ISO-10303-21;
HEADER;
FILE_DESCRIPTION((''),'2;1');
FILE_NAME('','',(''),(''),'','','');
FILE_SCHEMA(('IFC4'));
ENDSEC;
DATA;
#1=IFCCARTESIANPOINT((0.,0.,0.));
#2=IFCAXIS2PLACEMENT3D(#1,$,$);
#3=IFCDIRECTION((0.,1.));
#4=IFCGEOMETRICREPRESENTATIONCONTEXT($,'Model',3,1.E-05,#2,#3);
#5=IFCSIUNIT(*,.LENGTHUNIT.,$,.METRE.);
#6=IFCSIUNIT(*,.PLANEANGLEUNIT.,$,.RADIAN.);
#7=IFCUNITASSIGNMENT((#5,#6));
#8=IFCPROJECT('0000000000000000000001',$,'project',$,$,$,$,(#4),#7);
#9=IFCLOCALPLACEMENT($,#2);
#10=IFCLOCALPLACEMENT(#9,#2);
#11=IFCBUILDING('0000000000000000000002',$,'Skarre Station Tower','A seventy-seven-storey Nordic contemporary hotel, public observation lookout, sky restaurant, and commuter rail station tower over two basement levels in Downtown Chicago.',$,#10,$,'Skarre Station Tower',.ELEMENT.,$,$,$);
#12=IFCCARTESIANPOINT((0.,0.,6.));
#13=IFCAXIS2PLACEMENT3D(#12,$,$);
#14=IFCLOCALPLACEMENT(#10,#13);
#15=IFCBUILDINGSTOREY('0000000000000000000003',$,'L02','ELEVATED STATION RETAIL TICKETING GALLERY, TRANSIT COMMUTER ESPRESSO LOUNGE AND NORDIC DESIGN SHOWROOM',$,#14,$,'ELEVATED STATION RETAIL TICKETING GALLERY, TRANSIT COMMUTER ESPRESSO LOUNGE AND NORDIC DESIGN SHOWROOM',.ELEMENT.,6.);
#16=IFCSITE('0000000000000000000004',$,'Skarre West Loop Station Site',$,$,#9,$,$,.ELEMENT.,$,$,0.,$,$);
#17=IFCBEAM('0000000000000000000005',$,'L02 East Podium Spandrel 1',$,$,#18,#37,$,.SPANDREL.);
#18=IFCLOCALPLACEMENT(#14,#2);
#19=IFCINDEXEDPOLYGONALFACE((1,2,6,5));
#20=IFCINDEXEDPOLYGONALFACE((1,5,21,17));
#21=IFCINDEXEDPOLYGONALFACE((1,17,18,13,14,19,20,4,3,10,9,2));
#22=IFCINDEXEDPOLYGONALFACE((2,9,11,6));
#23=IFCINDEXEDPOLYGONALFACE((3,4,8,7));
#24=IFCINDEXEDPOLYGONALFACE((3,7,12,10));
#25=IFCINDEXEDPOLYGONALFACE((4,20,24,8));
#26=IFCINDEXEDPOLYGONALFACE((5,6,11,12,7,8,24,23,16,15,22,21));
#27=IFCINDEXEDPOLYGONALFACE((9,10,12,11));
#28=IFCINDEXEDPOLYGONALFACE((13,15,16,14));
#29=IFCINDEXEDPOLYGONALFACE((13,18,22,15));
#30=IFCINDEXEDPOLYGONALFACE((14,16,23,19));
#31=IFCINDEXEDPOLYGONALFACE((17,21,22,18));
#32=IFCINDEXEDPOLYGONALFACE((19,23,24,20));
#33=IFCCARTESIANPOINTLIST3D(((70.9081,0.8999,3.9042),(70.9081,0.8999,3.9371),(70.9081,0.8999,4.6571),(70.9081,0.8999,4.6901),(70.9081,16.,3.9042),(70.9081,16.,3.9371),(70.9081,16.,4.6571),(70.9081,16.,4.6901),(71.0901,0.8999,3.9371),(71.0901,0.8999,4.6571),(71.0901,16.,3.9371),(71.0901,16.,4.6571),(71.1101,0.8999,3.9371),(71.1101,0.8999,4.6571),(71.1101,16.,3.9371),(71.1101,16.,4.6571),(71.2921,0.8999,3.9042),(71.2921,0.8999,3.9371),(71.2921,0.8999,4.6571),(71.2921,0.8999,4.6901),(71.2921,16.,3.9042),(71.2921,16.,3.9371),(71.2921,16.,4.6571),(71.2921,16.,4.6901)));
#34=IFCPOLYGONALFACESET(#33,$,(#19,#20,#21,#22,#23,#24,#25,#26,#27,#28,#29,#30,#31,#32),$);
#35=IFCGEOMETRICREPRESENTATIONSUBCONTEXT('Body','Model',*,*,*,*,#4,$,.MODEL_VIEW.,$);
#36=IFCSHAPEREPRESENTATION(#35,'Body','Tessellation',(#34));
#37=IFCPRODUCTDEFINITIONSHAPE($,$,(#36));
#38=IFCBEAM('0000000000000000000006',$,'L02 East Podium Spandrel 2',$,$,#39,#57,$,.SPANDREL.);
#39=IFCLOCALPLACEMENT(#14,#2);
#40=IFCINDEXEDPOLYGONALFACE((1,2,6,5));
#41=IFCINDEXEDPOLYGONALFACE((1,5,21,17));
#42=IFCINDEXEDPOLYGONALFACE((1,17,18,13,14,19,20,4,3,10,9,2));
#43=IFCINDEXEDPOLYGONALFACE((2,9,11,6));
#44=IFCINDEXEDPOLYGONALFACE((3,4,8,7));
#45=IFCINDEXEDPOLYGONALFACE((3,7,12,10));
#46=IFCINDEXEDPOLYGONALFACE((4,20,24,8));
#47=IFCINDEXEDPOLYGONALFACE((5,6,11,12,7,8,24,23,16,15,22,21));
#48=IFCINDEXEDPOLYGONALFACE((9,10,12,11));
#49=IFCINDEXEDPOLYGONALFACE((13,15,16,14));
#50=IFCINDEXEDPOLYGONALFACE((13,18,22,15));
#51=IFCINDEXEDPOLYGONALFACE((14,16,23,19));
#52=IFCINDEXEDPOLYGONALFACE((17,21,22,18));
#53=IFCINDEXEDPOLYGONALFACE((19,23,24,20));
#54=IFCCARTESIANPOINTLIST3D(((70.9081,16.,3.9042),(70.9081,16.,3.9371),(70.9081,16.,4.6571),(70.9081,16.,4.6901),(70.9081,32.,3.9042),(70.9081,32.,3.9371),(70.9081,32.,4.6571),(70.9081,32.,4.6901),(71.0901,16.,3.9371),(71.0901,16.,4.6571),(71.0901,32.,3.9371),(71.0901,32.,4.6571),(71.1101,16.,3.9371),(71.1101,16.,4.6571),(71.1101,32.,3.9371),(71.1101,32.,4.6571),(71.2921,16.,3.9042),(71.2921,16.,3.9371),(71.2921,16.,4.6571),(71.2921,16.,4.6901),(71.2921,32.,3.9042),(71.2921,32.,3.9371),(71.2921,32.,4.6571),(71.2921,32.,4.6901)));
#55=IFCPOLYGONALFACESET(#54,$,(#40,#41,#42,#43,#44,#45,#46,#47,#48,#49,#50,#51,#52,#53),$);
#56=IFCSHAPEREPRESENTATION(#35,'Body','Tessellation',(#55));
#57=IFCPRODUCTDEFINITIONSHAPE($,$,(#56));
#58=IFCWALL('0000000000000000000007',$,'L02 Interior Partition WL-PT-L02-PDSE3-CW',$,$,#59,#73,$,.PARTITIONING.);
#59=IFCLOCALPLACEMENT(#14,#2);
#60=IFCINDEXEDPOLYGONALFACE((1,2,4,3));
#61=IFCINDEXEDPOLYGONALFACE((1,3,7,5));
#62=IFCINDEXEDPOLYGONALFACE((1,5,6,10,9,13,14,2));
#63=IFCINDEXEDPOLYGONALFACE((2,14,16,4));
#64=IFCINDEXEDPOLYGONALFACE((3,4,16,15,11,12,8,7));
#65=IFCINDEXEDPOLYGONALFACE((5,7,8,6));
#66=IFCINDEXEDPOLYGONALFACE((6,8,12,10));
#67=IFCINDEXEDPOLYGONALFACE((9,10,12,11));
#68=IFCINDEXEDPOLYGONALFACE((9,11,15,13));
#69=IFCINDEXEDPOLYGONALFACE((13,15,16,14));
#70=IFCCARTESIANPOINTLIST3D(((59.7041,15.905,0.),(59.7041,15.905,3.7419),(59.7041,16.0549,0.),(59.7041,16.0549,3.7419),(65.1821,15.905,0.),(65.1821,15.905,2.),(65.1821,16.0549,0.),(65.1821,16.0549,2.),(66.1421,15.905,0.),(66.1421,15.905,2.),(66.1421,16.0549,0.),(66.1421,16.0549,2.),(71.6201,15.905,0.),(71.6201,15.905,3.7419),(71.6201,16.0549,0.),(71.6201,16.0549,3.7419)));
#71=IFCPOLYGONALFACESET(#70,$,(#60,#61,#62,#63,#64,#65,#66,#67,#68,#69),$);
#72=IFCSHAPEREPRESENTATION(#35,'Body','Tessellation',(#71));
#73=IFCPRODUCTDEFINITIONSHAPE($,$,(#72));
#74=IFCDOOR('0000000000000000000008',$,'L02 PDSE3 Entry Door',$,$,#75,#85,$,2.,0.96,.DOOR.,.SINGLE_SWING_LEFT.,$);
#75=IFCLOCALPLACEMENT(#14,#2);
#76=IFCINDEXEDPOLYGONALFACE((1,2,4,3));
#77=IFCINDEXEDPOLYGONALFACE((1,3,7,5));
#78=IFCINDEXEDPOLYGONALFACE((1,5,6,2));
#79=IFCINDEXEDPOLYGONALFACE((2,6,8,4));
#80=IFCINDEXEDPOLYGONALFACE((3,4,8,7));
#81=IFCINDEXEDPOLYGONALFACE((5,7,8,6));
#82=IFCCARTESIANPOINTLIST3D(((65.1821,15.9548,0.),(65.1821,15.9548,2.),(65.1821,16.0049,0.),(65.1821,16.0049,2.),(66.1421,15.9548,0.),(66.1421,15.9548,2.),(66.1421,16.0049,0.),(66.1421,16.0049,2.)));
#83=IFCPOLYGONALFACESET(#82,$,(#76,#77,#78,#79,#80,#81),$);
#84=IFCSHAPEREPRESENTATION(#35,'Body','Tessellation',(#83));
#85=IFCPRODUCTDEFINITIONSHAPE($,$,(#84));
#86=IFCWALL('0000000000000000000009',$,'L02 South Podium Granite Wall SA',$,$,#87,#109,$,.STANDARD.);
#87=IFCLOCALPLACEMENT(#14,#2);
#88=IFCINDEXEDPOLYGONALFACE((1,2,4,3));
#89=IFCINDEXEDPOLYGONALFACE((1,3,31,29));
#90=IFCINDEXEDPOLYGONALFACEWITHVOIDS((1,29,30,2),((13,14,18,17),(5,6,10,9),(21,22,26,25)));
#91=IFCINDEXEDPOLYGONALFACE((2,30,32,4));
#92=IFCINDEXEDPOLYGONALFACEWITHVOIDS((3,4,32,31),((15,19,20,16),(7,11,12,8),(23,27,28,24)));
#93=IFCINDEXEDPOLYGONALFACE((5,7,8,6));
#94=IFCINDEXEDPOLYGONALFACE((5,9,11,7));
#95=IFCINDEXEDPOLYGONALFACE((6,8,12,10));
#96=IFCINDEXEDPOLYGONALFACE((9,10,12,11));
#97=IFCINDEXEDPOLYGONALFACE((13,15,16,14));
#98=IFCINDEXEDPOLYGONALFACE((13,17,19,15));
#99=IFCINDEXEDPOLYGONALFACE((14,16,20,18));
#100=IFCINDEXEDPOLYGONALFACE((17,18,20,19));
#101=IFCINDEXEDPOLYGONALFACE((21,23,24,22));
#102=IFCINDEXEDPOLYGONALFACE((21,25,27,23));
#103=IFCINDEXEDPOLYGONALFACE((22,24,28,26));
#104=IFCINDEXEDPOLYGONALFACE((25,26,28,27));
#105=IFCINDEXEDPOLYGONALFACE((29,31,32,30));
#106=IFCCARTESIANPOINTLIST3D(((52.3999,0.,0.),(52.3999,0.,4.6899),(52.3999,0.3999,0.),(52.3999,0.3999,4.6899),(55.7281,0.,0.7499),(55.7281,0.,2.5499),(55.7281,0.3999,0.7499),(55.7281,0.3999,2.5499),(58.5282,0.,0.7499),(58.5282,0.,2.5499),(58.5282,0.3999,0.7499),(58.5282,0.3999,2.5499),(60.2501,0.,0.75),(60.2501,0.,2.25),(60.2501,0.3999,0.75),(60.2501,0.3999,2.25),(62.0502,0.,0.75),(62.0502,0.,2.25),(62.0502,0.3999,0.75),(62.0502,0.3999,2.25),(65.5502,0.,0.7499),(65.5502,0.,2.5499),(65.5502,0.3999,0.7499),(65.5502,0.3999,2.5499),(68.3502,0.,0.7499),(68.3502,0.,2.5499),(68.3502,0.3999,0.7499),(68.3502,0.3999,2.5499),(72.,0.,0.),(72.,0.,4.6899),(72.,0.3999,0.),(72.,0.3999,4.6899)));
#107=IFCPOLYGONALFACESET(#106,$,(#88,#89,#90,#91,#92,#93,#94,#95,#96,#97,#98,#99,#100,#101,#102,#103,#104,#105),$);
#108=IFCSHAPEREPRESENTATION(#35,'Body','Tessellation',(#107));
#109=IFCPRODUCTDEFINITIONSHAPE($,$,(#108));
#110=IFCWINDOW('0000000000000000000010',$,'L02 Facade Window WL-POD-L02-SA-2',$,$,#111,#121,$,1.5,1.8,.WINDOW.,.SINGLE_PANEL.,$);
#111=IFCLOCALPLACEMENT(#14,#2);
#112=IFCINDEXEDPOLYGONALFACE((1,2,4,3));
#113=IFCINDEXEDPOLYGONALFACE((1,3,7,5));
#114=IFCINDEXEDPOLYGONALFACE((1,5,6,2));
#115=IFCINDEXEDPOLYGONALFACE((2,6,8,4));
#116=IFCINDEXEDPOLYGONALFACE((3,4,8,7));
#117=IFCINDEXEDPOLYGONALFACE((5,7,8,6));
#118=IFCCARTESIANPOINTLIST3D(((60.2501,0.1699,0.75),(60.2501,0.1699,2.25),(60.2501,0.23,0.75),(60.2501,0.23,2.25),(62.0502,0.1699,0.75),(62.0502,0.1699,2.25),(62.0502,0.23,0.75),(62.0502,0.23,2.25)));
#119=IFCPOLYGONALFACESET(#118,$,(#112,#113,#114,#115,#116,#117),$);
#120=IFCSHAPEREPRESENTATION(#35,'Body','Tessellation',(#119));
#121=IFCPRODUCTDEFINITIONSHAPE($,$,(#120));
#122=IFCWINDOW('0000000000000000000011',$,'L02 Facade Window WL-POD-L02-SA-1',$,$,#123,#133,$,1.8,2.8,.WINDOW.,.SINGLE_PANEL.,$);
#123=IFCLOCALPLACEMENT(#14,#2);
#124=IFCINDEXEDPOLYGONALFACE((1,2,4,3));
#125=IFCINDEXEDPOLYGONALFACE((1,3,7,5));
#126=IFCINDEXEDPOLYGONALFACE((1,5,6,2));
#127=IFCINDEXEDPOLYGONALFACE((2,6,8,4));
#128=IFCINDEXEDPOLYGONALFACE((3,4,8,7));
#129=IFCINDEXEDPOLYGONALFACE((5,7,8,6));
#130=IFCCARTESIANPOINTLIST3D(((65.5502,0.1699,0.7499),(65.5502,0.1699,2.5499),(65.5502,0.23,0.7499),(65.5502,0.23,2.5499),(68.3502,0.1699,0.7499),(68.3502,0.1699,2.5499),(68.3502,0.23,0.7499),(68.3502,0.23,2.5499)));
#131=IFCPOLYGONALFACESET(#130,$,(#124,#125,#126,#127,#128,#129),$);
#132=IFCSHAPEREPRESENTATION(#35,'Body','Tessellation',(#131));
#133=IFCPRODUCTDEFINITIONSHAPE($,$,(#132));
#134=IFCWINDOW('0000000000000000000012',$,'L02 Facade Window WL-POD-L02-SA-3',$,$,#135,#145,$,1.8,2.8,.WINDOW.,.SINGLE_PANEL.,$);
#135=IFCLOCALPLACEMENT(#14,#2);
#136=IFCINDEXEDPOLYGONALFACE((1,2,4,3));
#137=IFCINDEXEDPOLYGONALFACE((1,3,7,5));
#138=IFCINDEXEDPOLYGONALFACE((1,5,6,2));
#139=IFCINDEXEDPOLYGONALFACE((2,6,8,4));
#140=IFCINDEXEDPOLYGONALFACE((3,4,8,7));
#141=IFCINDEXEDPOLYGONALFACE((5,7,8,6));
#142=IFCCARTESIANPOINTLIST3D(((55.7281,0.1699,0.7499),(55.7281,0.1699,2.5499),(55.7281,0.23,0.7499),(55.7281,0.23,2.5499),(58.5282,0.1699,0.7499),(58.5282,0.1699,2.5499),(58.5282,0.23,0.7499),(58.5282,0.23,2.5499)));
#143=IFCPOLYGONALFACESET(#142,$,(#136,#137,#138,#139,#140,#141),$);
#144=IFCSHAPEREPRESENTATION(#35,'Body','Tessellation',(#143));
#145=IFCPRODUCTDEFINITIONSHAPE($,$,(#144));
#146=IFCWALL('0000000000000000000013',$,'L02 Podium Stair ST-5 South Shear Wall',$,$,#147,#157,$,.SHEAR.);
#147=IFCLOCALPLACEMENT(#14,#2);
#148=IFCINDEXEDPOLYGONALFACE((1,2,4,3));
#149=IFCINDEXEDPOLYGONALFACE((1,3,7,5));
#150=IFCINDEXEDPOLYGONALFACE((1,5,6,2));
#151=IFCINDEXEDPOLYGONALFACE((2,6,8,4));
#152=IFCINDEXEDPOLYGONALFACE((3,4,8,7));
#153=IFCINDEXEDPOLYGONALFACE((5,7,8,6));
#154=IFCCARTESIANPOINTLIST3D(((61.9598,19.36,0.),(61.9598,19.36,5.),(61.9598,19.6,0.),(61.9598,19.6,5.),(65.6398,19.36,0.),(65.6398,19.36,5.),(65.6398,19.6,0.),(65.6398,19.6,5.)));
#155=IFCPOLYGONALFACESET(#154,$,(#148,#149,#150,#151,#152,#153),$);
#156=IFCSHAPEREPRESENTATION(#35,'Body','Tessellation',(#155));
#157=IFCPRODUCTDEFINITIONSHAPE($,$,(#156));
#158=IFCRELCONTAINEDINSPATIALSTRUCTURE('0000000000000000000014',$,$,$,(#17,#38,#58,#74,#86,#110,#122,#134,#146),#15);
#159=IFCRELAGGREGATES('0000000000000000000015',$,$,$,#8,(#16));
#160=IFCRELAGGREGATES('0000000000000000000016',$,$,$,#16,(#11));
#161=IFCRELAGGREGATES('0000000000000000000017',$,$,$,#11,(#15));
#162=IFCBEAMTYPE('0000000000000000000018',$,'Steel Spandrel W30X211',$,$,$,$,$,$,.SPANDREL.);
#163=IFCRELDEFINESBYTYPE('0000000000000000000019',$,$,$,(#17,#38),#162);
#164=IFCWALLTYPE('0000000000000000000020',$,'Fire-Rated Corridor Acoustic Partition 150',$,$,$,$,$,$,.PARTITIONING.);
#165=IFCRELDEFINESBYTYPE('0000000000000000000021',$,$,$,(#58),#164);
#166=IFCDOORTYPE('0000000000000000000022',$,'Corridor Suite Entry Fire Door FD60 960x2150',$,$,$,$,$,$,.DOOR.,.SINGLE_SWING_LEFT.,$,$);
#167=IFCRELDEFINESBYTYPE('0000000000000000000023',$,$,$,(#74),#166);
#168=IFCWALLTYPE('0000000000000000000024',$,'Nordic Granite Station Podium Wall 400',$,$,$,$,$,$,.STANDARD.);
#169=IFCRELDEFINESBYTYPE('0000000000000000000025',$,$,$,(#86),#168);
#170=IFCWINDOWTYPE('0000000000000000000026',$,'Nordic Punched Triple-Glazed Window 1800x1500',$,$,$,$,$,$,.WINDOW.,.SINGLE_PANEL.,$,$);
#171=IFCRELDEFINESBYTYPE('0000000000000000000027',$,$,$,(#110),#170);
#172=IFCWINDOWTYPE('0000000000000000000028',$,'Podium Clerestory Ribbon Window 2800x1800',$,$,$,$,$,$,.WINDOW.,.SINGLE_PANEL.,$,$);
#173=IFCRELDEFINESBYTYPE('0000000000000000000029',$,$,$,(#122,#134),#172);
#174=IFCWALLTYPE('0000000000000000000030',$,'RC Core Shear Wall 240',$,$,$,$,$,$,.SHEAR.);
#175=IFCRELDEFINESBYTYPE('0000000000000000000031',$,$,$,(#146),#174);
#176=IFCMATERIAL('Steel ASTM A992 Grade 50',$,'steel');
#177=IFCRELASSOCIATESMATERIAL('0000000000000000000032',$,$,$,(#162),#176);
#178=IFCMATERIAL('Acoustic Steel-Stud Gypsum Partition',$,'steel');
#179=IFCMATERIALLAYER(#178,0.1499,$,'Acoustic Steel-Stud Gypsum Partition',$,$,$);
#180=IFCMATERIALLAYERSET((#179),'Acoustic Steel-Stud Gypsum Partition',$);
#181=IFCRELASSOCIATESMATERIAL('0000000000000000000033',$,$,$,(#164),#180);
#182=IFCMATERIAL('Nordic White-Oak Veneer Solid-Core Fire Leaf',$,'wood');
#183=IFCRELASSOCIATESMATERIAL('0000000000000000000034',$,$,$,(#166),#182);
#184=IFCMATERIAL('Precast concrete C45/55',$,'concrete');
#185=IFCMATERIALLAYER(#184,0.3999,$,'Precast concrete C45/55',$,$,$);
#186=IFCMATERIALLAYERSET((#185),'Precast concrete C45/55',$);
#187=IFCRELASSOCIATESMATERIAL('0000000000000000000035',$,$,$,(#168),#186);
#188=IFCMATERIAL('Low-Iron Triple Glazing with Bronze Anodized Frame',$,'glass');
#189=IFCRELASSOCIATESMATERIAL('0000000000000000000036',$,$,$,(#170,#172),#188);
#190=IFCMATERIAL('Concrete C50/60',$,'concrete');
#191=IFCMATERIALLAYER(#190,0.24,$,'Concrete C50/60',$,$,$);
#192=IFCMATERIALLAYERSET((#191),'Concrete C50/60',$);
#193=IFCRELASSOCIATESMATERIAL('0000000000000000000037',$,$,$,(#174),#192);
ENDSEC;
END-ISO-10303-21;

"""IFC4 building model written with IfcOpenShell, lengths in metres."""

from ifc_helpers import new_model, si_unit, direction, frame, frame_2d, origin, origin_2d, place, context, subcontext, project, spatial, rectangle, i_section, extrude, material, layer, layer_set, material_profile, profile_set, type_object, element, fill, save


model = new_model("IFC4")

# Units and contexts
model_context = context("Model", 3, precision=1e-05, world=origin(), true_north=direction((0.0, 1.0)))
body_context = subcontext(model_context, "Body", "Model", "MODEL_VIEW")
ifc_project = project(units=[si_unit("LENGTHUNIT", "METRE"), si_unit("PLANEANGLEUNIT", "RADIAN")], contexts=[model_context])

# Site, building, storey
site_placement = place(None, origin())
site = spatial("IfcSite", under=ifc_project, at=site_placement, Name="Skarre West Loop Station Site", CompositionType="ELEMENT", RefElevation=0.0)
building_placement = place(site_placement, origin())
building = spatial("IfcBuilding", under=site, at=building_placement, Name="Skarre Station Tower", Description="A seventy-seven-storey Nordic contemporary hotel, public observation lookout, sky restaurant, and commuter rail station tower over two basement levels in Downtown Chicago.", LongName="Skarre Station Tower", CompositionType="ELEMENT")
storey_placement = place(building_placement, frame((0.0, 0.0, 6.0)))
storey = spatial("IfcBuildingStorey", under=building, at=storey_placement, Name="L02", Description="ELEVATED STATION RETAIL TICKETING GALLERY, TRANSIT COMMUTER ESPRESSO LOUNGE AND NORDIC DESIGN SHOWROOM", LongName="ELEVATED STATION RETAIL TICKETING GALLERY, TRANSIT COMMUTER ESPRESSO LOUNGE AND NORDIC DESIGN SHOWROOM", CompositionType="ELEMENT", Elevation=6.0)

# Beams
ifc_material_1 = material(Name="Steel ASTM A992 Grade 50", Category="steel")
ifc_material_profile_1 = material_profile(ifc_material_1, i_section(OverallWidth=0.384, OverallDepth=0.7859, WebThickness=0.02, FlangeThickness=0.033, at=origin_2d()), Name="Steel ASTM A992 Grade 50")
ifc_profile_set_1 = profile_set([ifc_material_profile_1], Name="Steel ASTM A992 Grade 50")
beam_type_1 = type_object("IfcBeamType", Name="Steel Spandrel W30X211", PredefinedType="SPANDREL", material=ifc_profile_set_1)
beam_1_placement = place(storey_placement, frame((71.1001, 0.8999, 4.2971), z_axis=(0.0, 1.0, 0.0), x_axis=(-1.0, 0.0, 0.0)))
element("IfcBeam", 1, at=beam_1_placement, inside=storey, type_object=beam_type_1, Name="L02 East Podium Spandrel 1", PredefinedType="SPANDREL", context=body_context, shape_type="SweptSolid", body=[
    extrude(i_section(OverallWidth=0.384, OverallDepth=0.7859, WebThickness=0.02, FlangeThickness=0.033, at=origin_2d()), origin(), (0.0, 0.0, 1.0), 15.1001),
])
beam_2_placement = place(storey_placement, frame((71.1001, 16.0, 4.2971), z_axis=(0.0, 1.0, 0.0), x_axis=(-1.0, 0.0, 0.0)))
element("IfcBeam", 2, at=beam_2_placement, inside=storey, type_object=beam_type_1, Name="L02 East Podium Spandrel 2", PredefinedType="SPANDREL", context=body_context, shape_type="SweptSolid", body=[
    extrude(i_section(OverallWidth=0.384, OverallDepth=0.7859, WebThickness=0.02, FlangeThickness=0.033, at=origin_2d()), origin(), (0.0, 0.0, 1.0), 16.0),
])

# Wall, opening, door
ifc_material_2 = material(Name="Acoustic Steel-Stud Gypsum Partition", Category="steel")
ifc_layer_1 = layer(ifc_material_2, 0.1499, Name="Acoustic Steel-Stud Gypsum Partition")
ifc_layer_set_1 = layer_set([ifc_layer_1], Name="Acoustic Steel-Stud Gypsum Partition")
wall_type_1 = type_object("IfcWallType", Name="Fire-Rated Corridor Acoustic Partition 150", PredefinedType="PARTITIONING", material=ifc_layer_set_1)
wall_1_placement = place(storey_placement, frame((59.7041, 15.98, 0.0), z_axis=(0.0, 0.0, 1.0), x_axis=(1.0, 0.0, 0.0)))
wall_1 = element("IfcWall", 3, at=wall_1_placement, inside=storey, type_object=wall_type_1, Name="L02 Interior Partition WL-PT-L02-PDSE3-CW", PredefinedType="PARTITIONING", context=body_context, shape_type="SweptSolid", body=[
    extrude(rectangle(XDim=11.916, YDim=0.1499, at=frame_2d((5.958, 0.0))), origin(), (0.0, 0.0, 1.0), 3.7419),
])
opening_1_placement = place(wall_1_placement, frame((5.478, 0.0, 0.0)))
opening_1 = element("IfcOpeningElement", 4, at=opening_1_placement, cuts=wall_1, PredefinedType="OPENING", context=body_context, shape_type="SweptSolid", body=[
    extrude(rectangle(XDim=0.96, YDim=2.0, at=frame_2d((0.48, 1.0))), frame((0.0, 0.085, 0.0), z_axis=(0.0, -1.0, 0.0), x_axis=(1.0, 0.0, 0.0)), (0.0, 0.0, 1.0), 0.1699),
])
ifc_material_3 = material(Name="Nordic White-Oak Veneer Solid-Core Fire Leaf", Category="wood")
door_type = type_object("IfcDoorType", Name="Corridor Suite Entry Fire Door FD60 960x2150", OperationType="SINGLE_SWING_LEFT", PredefinedType="DOOR", material=ifc_material_3)
door_placement = place(opening_1_placement, origin())
door = element("IfcDoor", 5, at=door_placement, inside=storey, type_object=door_type, Name="L02 PDSE3 Entry Door", OperationType="SINGLE_SWING_LEFT", OverallHeight=2.0, OverallWidth=0.96, PredefinedType="DOOR", context=body_context, shape_type="SweptSolid", body=[
    extrude(rectangle(XDim=0.96, YDim=2.0, at=frame_2d((0.48, 1.0))), frame((0.0, 0.0249, 0.0), z_axis=(0.0, -1.0, 0.0), x_axis=(1.0, 0.0, 0.0)), (0.0, 0.0, 1.0), 0.05),
])
fill(opening_1, door)

# Wall, openings, windows
ifc_material_4 = material(Name="Precast concrete C45/55", Category="concrete")
ifc_layer_2 = layer(ifc_material_4, 0.3999, Name="Precast concrete C45/55")
ifc_layer_set_2 = layer_set([ifc_layer_2], Name="Precast concrete C45/55")
wall_type_2 = type_object("IfcWallType", Name="Nordic Granite Station Podium Wall 400", PredefinedType="STANDARD", material=ifc_layer_set_2)
wall_2_placement = place(storey_placement, frame((72.0, 0.2, 0.0), z_axis=(0.0, 0.0, 1.0), x_axis=(-1.0, 0.0, 0.0)))
wall_2 = element("IfcWall", 6, at=wall_2_placement, inside=storey, type_object=wall_type_2, Name="L02 South Podium Granite Wall SA", PredefinedType="STANDARD", context=body_context, shape_type="SweptSolid", body=[
    extrude(rectangle(XDim=19.6001, YDim=0.3999, at=frame_2d((9.8, 0.0))), origin(), (0.0, 0.0, 1.0), 4.6899),
])
opening_2_placement = place(wall_2_placement, frame((3.6499, 0.0, 0.75)))
opening_2 = element("IfcOpeningElement", 7, at=opening_2_placement, cuts=wall_2, PredefinedType="OPENING", context=body_context, shape_type="SweptSolid", body=[
    extrude(rectangle(XDim=2.8, YDim=1.8, at=frame_2d((1.3999, 0.8999))), frame((0.0, 0.21, 0.0), z_axis=(0.0, -1.0, 0.0), x_axis=(1.0, 0.0, 0.0)), (0.0, 0.0, 1.0), 0.4199),
])
opening_3_placement = place(wall_2_placement, frame((9.95, 0.0, 0.75)))
opening_3 = element("IfcOpeningElement", 8, at=opening_3_placement, cuts=wall_2, PredefinedType="OPENING", context=body_context, shape_type="SweptSolid", body=[
    extrude(rectangle(XDim=1.8, YDim=1.5, at=frame_2d((0.8999, 0.75))), frame((0.0, 0.21, 0.0), z_axis=(0.0, -1.0, 0.0), x_axis=(1.0, 0.0, 0.0)), (0.0, 0.0, 1.0), 0.4199),
])
opening_4_placement = place(wall_2_placement, frame((13.4719, 0.0, 0.75)))
opening_4 = element("IfcOpeningElement", 9, at=opening_4_placement, cuts=wall_2, PredefinedType="OPENING", context=body_context, shape_type="SweptSolid", body=[
    extrude(rectangle(XDim=2.8, YDim=1.8, at=frame_2d((1.3999, 0.8999))), frame((0.0, 0.21, 0.0), z_axis=(0.0, -1.0, 0.0), x_axis=(1.0, 0.0, 0.0)), (0.0, 0.0, 1.0), 0.4199),
])
ifc_material_5 = material(Name="Low-Iron Triple Glazing with Bronze Anodized Frame", Category="glass")
window_type_1 = type_object("IfcWindowType", Name="Nordic Punched Triple-Glazed Window 1800x1500", PartitioningType="SINGLE_PANEL", PredefinedType="WINDOW", material=ifc_material_5)
window_1_placement = place(opening_3_placement, origin())
window_1 = element("IfcWindow", 10, at=window_1_placement, inside=storey, type_object=window_type_1, Name="L02 Facade Window WL-POD-L02-SA-2", OverallHeight=1.5, OverallWidth=1.8, PartitioningType="SINGLE_PANEL", PredefinedType="WINDOW", context=body_context, shape_type="SweptSolid", body=[
    extrude(rectangle(XDim=1.8, YDim=1.5, at=frame_2d((0.8999, 0.75))), frame((0.0, 0.03, 0.0), z_axis=(0.0, -1.0, 0.0), x_axis=(1.0, 0.0, 0.0)), (0.0, 0.0, 1.0), 0.0601),
])
fill(opening_3, window_1)
window_type_2 = type_object("IfcWindowType", Name="Podium Clerestory Ribbon Window 2800x1800", PartitioningType="SINGLE_PANEL", PredefinedType="WINDOW", material=ifc_material_5)
window_2_placement = place(opening_2_placement, origin())
window_2 = element("IfcWindow", 11, at=window_2_placement, inside=storey, type_object=window_type_2, Name="L02 Facade Window WL-POD-L02-SA-1", OverallHeight=1.8, OverallWidth=2.8, PartitioningType="SINGLE_PANEL", PredefinedType="WINDOW", context=body_context, shape_type="SweptSolid", body=[
    extrude(rectangle(XDim=2.8, YDim=1.8, at=frame_2d((1.3999, 0.8999))), frame((0.0, 0.03, 0.0), z_axis=(0.0, -1.0, 0.0), x_axis=(1.0, 0.0, 0.0)), (0.0, 0.0, 1.0), 0.0601),
])
fill(opening_2, window_2)
window_3_placement = place(opening_4_placement, origin())
window_3 = element("IfcWindow", 12, at=window_3_placement, inside=storey, type_object=window_type_2, Name="L02 Facade Window WL-POD-L02-SA-3", OverallHeight=1.8, OverallWidth=2.8, PartitioningType="SINGLE_PANEL", PredefinedType="WINDOW", context=body_context, shape_type="SweptSolid", body=[
    extrude(rectangle(XDim=2.8, YDim=1.8, at=frame_2d((1.3999, 0.8999))), frame((0.0, 0.03, 0.0), z_axis=(0.0, -1.0, 0.0), x_axis=(1.0, 0.0, 0.0)), (0.0, 0.0, 1.0), 0.0601),
])
fill(opening_4, window_3)

# Wall
ifc_material_6 = material(Name="Concrete C50/60", Category="concrete")
ifc_layer_3 = layer(ifc_material_6, 0.24, Name="Concrete C50/60")
ifc_layer_set_3 = layer_set([ifc_layer_3], Name="Concrete C50/60")
wall_type_3 = type_object("IfcWallType", Name="RC Core Shear Wall 240", PredefinedType="SHEAR", material=ifc_layer_set_3)
wall_3_placement = place(storey_placement, frame((61.96, 19.48, 0.0), z_axis=(0.0, 0.0, 1.0), x_axis=(1.0, 0.0, 0.0)))
element("IfcWall", 13, at=wall_3_placement, inside=storey, type_object=wall_type_3, Name="L02 Podium Stair ST-5 South Shear Wall", PredefinedType="SHEAR", context=body_context, shape_type="SweptSolid", body=[
    extrude(rectangle(XDim=3.6799, YDim=0.24, at=frame_2d((1.8398, 0.0))), origin(), (0.0, 0.0, 1.0), 5.0),
])

save(model, "model.ifc")
